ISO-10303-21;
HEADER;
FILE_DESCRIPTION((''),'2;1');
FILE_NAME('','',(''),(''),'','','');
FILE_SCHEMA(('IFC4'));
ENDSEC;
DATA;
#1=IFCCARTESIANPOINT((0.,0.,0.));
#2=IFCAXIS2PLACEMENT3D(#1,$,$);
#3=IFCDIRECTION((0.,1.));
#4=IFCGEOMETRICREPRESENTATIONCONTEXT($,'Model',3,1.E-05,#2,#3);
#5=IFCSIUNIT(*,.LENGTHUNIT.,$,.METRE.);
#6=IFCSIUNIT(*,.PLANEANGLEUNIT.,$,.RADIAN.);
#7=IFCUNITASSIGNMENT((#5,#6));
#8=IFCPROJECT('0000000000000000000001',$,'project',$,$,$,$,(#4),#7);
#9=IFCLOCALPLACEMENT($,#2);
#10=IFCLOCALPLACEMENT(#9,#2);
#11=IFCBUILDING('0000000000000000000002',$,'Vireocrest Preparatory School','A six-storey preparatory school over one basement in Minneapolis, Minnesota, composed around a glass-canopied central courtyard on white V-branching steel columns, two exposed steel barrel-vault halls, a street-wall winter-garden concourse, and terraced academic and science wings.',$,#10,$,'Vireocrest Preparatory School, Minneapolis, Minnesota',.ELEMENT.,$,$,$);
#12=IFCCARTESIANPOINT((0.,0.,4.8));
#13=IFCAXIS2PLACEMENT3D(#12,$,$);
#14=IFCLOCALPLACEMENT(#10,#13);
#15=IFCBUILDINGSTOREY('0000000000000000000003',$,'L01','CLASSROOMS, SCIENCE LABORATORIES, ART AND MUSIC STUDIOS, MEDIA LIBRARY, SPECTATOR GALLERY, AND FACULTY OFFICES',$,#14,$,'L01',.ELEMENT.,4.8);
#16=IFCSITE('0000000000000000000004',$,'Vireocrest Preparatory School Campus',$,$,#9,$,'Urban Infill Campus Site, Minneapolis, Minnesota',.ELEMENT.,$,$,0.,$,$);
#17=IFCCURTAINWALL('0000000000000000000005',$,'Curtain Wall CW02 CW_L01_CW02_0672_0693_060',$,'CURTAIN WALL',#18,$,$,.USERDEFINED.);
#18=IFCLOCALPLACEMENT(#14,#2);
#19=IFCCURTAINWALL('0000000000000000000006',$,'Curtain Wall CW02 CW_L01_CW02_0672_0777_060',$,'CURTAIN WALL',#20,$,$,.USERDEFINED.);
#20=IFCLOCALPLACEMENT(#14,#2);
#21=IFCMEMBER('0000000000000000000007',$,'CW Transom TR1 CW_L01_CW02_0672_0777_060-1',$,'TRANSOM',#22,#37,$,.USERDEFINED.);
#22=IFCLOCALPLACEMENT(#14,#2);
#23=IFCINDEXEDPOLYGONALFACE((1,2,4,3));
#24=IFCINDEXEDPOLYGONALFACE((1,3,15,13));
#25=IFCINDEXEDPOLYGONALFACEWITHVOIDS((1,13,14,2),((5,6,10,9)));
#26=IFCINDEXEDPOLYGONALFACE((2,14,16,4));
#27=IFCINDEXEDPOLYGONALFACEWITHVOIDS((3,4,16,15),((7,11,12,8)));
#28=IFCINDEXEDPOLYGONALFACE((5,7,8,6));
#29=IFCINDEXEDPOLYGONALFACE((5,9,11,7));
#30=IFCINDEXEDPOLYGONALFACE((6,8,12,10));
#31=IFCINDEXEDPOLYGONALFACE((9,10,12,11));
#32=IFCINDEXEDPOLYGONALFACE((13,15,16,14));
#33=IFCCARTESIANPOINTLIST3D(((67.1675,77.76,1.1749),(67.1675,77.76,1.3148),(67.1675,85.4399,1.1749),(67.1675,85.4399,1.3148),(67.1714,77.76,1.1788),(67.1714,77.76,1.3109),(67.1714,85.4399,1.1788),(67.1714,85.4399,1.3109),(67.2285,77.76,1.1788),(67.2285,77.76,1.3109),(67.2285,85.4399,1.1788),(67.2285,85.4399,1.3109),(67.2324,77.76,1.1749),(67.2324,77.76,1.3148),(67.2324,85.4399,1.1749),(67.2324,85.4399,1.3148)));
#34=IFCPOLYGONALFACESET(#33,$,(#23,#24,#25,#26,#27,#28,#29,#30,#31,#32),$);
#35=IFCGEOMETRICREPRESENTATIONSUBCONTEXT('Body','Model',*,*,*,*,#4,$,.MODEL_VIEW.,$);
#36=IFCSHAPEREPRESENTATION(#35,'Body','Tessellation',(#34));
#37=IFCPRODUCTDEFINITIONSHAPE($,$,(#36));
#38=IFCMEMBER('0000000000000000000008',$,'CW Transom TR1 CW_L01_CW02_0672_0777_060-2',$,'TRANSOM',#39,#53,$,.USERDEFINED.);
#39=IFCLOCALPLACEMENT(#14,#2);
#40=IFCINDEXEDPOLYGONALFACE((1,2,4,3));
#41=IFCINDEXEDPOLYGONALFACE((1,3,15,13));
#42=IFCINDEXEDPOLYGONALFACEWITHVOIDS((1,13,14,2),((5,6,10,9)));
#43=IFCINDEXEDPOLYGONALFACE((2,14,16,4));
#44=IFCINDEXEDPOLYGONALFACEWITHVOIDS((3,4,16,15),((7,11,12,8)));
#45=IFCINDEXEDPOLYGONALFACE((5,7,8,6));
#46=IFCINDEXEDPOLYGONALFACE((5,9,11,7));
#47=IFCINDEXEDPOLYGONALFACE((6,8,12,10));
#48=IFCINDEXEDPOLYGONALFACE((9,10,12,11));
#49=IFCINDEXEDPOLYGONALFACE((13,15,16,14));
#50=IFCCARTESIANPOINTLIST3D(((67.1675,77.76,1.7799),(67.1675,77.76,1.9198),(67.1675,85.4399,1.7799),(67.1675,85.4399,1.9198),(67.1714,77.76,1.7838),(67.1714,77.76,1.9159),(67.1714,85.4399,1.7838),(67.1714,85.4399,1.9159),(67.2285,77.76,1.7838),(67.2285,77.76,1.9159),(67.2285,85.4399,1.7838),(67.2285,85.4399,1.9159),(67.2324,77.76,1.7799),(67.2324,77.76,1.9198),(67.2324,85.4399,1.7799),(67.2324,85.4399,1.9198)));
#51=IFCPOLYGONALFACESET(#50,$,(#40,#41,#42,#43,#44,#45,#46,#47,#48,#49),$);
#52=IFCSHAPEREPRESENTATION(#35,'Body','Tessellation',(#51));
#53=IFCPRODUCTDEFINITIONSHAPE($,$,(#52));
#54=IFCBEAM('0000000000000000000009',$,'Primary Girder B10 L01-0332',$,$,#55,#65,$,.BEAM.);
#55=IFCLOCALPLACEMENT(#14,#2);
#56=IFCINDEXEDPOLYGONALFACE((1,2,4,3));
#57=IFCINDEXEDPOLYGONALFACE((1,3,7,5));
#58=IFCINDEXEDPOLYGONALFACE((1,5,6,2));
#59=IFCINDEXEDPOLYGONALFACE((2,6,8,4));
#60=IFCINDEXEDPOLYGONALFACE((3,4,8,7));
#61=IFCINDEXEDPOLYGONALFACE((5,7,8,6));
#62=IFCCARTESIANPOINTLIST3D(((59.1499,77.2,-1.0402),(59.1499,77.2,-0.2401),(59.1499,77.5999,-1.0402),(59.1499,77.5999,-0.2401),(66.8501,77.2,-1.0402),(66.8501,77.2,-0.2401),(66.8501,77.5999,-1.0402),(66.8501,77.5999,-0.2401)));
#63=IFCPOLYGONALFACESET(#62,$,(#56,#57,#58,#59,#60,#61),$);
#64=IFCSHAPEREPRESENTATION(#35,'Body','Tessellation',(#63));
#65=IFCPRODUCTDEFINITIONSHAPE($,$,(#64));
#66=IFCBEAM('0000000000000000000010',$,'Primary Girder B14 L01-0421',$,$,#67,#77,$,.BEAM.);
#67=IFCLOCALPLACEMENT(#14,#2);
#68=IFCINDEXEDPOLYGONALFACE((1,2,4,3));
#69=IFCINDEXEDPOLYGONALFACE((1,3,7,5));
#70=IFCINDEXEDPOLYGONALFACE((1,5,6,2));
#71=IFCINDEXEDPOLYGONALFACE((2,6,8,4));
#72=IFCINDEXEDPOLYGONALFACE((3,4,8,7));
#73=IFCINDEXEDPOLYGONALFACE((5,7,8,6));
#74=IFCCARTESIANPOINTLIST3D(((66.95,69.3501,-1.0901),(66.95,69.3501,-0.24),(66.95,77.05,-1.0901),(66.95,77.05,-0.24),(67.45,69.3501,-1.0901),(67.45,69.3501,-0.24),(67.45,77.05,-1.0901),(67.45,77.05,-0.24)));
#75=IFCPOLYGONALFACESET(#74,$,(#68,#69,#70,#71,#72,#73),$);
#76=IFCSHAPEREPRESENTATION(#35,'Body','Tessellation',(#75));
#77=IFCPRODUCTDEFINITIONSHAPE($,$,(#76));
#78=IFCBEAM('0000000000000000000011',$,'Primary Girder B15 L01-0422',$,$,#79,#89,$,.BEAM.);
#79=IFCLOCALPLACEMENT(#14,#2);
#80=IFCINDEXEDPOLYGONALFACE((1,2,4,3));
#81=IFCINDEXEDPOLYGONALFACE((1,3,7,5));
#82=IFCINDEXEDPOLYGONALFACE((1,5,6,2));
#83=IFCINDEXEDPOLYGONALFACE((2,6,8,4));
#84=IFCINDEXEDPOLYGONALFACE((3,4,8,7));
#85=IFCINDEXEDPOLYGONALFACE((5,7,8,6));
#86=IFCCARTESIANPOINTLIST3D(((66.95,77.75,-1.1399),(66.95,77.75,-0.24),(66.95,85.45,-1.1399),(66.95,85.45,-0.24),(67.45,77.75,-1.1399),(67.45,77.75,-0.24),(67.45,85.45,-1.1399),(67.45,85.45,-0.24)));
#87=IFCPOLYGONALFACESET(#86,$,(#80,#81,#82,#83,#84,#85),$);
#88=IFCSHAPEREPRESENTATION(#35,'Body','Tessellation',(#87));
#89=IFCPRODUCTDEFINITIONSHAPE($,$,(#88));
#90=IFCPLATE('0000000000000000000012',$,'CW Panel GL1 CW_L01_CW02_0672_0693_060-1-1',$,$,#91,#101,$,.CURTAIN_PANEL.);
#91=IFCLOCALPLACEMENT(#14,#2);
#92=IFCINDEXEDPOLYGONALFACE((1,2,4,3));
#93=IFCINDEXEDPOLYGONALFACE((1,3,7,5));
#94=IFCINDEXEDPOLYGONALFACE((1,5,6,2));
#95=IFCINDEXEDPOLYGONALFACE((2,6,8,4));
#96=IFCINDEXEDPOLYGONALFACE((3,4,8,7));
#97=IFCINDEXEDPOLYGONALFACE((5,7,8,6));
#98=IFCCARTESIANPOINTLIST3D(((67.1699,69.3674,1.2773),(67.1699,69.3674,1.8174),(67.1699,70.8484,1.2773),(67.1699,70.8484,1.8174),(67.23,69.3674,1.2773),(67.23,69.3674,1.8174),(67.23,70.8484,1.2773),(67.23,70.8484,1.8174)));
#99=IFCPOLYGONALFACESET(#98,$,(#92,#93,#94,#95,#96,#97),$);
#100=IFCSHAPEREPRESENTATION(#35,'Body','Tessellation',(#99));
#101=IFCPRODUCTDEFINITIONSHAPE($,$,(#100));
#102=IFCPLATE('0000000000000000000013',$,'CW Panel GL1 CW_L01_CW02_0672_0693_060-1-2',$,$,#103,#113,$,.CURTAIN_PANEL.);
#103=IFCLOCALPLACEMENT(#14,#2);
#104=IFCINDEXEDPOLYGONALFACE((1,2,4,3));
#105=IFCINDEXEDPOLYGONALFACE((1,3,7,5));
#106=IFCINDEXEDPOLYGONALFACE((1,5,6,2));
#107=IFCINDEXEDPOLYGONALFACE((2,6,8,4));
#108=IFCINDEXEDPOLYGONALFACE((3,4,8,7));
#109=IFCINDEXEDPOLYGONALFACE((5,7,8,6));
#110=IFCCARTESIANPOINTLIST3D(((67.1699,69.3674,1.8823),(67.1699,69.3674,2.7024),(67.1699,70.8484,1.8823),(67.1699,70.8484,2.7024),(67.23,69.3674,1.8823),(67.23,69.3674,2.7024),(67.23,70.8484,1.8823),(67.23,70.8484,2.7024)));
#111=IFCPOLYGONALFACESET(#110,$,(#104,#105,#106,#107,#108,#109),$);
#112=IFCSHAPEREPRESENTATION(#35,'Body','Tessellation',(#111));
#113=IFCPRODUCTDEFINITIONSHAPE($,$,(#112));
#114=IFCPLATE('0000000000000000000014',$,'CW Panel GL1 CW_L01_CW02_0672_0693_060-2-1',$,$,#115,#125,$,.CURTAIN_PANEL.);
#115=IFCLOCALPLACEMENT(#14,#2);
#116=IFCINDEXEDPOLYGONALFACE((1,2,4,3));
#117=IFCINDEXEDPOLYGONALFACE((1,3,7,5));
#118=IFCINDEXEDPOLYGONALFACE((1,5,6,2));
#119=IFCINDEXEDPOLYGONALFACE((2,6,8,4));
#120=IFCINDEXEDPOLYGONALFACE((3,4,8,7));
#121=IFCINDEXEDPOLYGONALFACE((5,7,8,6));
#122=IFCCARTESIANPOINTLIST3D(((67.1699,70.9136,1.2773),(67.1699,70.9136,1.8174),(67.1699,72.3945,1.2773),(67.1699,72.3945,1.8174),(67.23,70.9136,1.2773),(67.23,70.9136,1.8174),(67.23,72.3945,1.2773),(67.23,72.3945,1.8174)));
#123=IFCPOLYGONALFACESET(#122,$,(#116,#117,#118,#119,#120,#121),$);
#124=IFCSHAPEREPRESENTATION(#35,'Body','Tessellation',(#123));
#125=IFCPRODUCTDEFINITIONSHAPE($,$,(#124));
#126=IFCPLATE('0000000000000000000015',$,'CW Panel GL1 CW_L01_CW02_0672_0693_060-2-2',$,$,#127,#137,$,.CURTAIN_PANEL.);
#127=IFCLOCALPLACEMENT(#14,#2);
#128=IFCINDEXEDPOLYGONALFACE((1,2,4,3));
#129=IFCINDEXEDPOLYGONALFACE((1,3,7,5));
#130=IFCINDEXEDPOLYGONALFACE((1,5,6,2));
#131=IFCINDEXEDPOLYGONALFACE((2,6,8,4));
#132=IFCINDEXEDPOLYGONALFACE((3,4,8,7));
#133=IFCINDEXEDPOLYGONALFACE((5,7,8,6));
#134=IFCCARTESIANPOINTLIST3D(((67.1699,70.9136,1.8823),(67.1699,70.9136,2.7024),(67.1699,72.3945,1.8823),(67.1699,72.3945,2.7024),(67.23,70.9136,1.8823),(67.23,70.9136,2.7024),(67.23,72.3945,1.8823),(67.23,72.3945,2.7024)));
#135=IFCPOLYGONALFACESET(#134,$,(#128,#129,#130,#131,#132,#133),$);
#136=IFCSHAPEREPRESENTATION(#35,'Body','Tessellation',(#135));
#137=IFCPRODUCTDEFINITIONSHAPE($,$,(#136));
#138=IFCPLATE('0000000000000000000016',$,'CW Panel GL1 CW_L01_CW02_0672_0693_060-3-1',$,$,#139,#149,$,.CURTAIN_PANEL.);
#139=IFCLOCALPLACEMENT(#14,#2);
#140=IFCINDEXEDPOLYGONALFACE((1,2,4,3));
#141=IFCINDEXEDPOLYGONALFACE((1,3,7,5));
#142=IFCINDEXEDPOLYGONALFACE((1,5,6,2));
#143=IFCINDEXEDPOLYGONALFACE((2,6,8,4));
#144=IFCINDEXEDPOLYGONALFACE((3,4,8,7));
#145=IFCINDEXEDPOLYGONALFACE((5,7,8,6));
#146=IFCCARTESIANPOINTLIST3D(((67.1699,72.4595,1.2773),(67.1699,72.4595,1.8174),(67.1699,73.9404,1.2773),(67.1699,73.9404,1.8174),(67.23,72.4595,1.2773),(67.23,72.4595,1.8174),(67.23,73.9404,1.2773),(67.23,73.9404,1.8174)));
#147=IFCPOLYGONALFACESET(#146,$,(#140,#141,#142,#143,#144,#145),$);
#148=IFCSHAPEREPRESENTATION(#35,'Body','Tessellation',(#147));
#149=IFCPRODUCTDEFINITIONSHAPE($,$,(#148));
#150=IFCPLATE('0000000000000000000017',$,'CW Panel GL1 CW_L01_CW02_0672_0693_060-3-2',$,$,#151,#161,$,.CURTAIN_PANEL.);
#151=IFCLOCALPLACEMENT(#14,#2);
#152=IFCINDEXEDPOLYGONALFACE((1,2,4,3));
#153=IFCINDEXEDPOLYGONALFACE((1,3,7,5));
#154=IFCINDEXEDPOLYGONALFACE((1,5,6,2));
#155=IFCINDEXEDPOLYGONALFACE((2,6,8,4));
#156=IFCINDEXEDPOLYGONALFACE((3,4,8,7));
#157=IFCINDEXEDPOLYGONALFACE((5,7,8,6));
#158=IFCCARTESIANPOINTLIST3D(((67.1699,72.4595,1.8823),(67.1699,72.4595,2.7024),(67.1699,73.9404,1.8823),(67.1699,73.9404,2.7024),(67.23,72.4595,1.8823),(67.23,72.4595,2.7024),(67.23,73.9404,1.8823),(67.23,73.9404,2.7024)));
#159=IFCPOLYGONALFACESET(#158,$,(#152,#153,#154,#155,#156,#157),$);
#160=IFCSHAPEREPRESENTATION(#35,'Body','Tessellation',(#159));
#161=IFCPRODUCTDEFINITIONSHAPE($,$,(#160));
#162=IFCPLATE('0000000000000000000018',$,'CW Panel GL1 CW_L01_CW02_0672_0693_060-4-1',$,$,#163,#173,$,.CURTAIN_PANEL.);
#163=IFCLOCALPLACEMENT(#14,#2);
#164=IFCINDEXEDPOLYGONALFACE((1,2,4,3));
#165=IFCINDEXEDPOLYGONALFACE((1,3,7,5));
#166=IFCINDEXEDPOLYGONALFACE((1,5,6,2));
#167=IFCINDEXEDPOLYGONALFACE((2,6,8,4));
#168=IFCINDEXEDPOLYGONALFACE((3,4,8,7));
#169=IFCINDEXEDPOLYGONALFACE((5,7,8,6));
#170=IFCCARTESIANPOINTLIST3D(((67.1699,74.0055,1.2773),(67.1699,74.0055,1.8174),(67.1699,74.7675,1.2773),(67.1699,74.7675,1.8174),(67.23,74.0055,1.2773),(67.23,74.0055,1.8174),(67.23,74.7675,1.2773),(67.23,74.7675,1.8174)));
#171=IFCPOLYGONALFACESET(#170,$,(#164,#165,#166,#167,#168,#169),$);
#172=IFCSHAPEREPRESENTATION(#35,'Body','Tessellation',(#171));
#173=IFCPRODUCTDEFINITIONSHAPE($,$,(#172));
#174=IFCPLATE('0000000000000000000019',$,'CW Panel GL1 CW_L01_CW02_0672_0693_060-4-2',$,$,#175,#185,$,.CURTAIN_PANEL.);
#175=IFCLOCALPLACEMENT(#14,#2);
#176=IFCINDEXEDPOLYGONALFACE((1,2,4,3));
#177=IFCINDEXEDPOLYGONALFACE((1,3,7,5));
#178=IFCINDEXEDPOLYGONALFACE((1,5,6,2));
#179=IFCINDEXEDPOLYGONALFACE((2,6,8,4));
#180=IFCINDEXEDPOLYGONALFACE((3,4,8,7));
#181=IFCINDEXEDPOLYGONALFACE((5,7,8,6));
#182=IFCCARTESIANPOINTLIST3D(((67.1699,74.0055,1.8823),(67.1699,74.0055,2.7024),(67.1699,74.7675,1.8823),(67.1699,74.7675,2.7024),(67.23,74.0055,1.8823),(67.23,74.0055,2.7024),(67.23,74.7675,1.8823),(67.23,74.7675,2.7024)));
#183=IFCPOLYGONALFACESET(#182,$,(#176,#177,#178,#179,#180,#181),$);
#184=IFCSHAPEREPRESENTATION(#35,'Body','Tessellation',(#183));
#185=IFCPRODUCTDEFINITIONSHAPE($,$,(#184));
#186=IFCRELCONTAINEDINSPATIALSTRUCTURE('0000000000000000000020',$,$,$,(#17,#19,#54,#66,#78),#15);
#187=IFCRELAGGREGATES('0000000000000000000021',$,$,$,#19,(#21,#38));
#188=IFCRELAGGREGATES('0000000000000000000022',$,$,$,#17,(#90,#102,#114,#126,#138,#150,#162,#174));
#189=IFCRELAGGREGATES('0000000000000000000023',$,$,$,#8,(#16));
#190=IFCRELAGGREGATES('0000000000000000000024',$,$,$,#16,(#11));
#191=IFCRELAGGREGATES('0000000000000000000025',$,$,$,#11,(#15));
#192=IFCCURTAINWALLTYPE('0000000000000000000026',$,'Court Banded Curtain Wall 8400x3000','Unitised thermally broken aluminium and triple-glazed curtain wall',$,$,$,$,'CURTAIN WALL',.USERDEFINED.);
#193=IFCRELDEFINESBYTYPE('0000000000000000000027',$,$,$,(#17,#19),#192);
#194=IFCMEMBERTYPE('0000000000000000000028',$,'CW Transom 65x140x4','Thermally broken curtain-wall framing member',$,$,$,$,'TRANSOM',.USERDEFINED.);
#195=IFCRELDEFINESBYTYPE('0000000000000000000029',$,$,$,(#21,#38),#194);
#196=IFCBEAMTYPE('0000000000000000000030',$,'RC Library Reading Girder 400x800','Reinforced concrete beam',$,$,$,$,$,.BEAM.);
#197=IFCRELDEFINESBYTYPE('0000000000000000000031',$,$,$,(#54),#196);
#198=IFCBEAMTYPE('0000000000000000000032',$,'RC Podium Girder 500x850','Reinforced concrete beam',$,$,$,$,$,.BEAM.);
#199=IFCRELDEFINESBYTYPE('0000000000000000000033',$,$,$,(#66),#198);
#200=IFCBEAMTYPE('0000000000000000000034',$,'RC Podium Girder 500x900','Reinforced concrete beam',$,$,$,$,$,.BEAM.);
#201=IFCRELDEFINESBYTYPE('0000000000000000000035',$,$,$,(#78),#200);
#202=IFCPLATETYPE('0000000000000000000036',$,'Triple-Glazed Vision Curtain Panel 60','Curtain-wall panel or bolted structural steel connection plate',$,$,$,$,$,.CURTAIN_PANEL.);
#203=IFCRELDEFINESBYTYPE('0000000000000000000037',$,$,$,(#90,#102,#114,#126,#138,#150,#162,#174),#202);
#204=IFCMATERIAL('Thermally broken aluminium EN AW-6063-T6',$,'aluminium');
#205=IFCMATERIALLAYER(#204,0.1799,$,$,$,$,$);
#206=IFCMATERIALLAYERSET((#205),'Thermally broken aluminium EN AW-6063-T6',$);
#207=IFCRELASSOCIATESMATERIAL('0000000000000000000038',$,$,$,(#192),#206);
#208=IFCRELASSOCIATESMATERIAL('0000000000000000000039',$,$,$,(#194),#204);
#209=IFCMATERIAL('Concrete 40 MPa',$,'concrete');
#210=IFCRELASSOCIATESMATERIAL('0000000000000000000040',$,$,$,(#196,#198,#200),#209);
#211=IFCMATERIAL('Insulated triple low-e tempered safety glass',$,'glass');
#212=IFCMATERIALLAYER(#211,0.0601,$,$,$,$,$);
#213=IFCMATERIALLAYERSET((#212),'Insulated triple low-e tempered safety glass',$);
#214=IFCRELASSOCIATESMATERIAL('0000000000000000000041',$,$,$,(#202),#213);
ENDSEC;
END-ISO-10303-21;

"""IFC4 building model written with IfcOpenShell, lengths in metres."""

from ifc_helpers import new_model, si_unit, direction, frame, origin, origin_2d, place, context, subcontext, project, spatial, rectangle, hollow_rectangle, extrude, material, layer, layer_set, material_profile, profile_set, type_object, element, aggregate, save


model = new_model("IFC4")

# Units and contexts
model_context = context("Model", 3, precision=1e-05, world=origin(), true_north=direction((0.0, 1.0)))
body_context = subcontext(model_context, "Body", "Model", "MODEL_VIEW")
ifc_project = project(units=[si_unit("LENGTHUNIT", "METRE"), si_unit("PLANEANGLEUNIT", "RADIAN")], contexts=[model_context])

# Site, building, storey
site_placement = place(None, origin())
site = spatial("IfcSite", under=ifc_project, at=site_placement, Name="Vireocrest Preparatory School Campus", LongName="Urban Infill Campus Site, Minneapolis, Minnesota", CompositionType="ELEMENT", RefElevation=0.0)
building_placement = place(site_placement, origin())
building = spatial("IfcBuilding", under=site, at=building_placement, Name="Vireocrest Preparatory School", Description="A six-storey preparatory school over one basement in Minneapolis, Minnesota, composed around a glass-canopied central courtyard on white V-branching steel columns, two exposed steel barrel-vault halls, a street-wall winter-garden concourse, and terraced academic and science wings.", LongName="Vireocrest Preparatory School, Minneapolis, Minnesota", CompositionType="ELEMENT")
storey_placement = place(building_placement, frame((0.0, 0.0, 4.8)))
storey = spatial("IfcBuildingStorey", under=building, at=storey_placement, Name="L01", Description="CLASSROOMS, SCIENCE LABORATORIES, ART AND MUSIC STUDIOS, MEDIA LIBRARY, SPECTATOR GALLERY, AND FACULTY OFFICES", LongName="L01", CompositionType="ELEMENT", Elevation=4.8)

# Curtain wall
ifc_material_1 = material(Name="Thermally broken aluminium EN AW-6063-T6", Category="aluminium")
ifc_layer_1 = layer(ifc_material_1, 0.1799)
ifc_layer_set_1 = layer_set([ifc_layer_1], Name="Thermally broken aluminium EN AW-6063-T6")
curtain_wall_type = type_object("IfcCurtainWallType", Name="Court Banded Curtain Wall 8400x3000", Description="Unitised thermally broken aluminium and triple-glazed curtain wall", ElementType="CURTAIN WALL", PredefinedType="USERDEFINED", material=ifc_layer_set_1)
curtain_wall_1_placement = place(storey_placement, origin())
curtain_wall_1 = element("IfcCurtainWall", 1, at=curtain_wall_1_placement, inside=storey, type_object=curtain_wall_type, Name="Curtain Wall CW02 CW_L01_CW02_0672_0693_060", ObjectType="CURTAIN WALL", PredefinedType="USERDEFINED")

# Curtain wall
curtain_wall_2_placement = place(storey_placement, origin())
curtain_wall_2 = element("IfcCurtainWall", 2, at=curtain_wall_2_placement, inside=storey, type_object=curtain_wall_type, Name="Curtain Wall CW02 CW_L01_CW02_0672_0777_060", ObjectType="CURTAIN WALL", PredefinedType="USERDEFINED")

# Members
ifc_material_profile_1 = material_profile(ifc_material_1, hollow_rectangle(XDim=0.0649, YDim=0.1399, WallThickness=0.0039, at=origin_2d()), Name="ALU 65x140x4")
ifc_profile_set_1 = profile_set([ifc_material_profile_1], Name="Thermally broken aluminium EN AW-6063-T6")
member_type_1 = type_object("IfcMemberType", Name="CW Transom 65x140x4", Description="Thermally broken curtain-wall framing member", ElementType="TRANSOM", PredefinedType="USERDEFINED", material=ifc_profile_set_1)
member_1_placement = place(storey_placement, frame((67.2, 77.76, 1.2449), z_axis=(0.0, 1.0, 0.0), x_axis=(-1.0, 0.0, 0.0)))
member_1 = element("IfcMember", 3, at=member_1_placement, type_object=member_type_1, Name="CW Transom TR1 CW_L01_CW02_0672_0777_060-1", ObjectType="TRANSOM", PredefinedType="USERDEFINED", context=body_context, shape_type="SweptSolid", body=[
    extrude(hollow_rectangle(XDim=0.0649, YDim=0.1399, WallThickness=0.0039, at=origin_2d()), origin(), (0.0, 0.0, 1.0), 7.6799),
])
member_2_placement = place(storey_placement, frame((67.2, 77.76, 1.8499), z_axis=(0.0, 1.0, 0.0), x_axis=(-1.0, 0.0, 0.0)))
member_2 = element("IfcMember", 4, at=member_2_placement, type_object=member_type_1, Name="CW Transom TR1 CW_L01_CW02_0672_0777_060-2", ObjectType="TRANSOM", PredefinedType="USERDEFINED", context=body_context, shape_type="SweptSolid", body=[
    extrude(hollow_rectangle(XDim=0.0649, YDim=0.1399, WallThickness=0.0039, at=origin_2d()), origin(), (0.0, 0.0, 1.0), 7.6799),
])
aggregate(curtain_wall_2, [member_1, member_2])

# Beams
ifc_material_2 = material(Name="Concrete 40 MPa", Category="concrete")
ifc_material_profile_2 = material_profile(ifc_material_2, rectangle(XDim=0.3999, YDim=0.8, at=origin_2d()), Name="RC 400x800")
ifc_profile_set_2 = profile_set([ifc_material_profile_2], Name="Concrete 40 MPa")
beam_type_1 = type_object("IfcBeamType", Name="RC Library Reading Girder 400x800", Description="Reinforced concrete beam", PredefinedType="BEAM", material=ifc_profile_set_2)
beam_1_placement = place(storey_placement, frame((59.1499, 77.3999, -0.6401), z_axis=(1.0, 0.0, 0.0), x_axis=(0.0, 1.0, 0.0)))
element("IfcBeam", 5, at=beam_1_placement, inside=storey, type_object=beam_type_1, Name="Primary Girder B10 L01-0332", PredefinedType="BEAM", context=body_context, shape_type="SweptSolid", body=[
    extrude(rectangle(XDim=0.3999, YDim=0.8, at=origin_2d()), origin(), (0.0, 0.0, 1.0), 7.7002),
])
ifc_material_profile_3 = material_profile(ifc_material_2, rectangle(XDim=0.5, YDim=0.8501, at=origin_2d()), Name="RC 500x850")
ifc_profile_set_3 = profile_set([ifc_material_profile_3], Name="Concrete 40 MPa")
beam_type_2 = type_object("IfcBeamType", Name="RC Podium Girder 500x850", Description="Reinforced concrete beam", PredefinedType="BEAM", material=ifc_profile_set_3)
beam_2_placement = place(storey_placement, frame((67.2, 69.3501, -0.665), z_axis=(0.0, 1.0, 0.0), x_axis=(-1.0, 0.0, 0.0)))
element("IfcBeam", 6, at=beam_2_placement, inside=storey, type_object=beam_type_2, Name="Primary Girder B14 L01-0421", PredefinedType="BEAM", context=body_context, shape_type="SweptSolid", body=[
    extrude(rectangle(XDim=0.5, YDim=0.8501, at=origin_2d()), origin(), (0.0, 0.0, 1.0), 7.7),
])
ifc_material_profile_4 = material_profile(ifc_material_2, rectangle(XDim=0.5, YDim=0.8999, at=origin_2d()), Name="RC 500x900")
ifc_profile_set_4 = profile_set([ifc_material_profile_4], Name="Concrete 40 MPa")
beam_type_3 = type_object("IfcBeamType", Name="RC Podium Girder 500x900", Description="Reinforced concrete beam", PredefinedType="BEAM", material=ifc_profile_set_4)
beam_3_placement = place(storey_placement, frame((67.2, 77.75, -0.6899), z_axis=(0.0, 1.0, 0.0), x_axis=(-1.0, 0.0, 0.0)))
element("IfcBeam", 7, at=beam_3_placement, inside=storey, type_object=beam_type_3, Name="Primary Girder B15 L01-0422", PredefinedType="BEAM", context=body_context, shape_type="SweptSolid", body=[
    extrude(rectangle(XDim=0.5, YDim=0.8999, at=origin_2d()), origin(), (0.0, 0.0, 1.0), 7.7),
])

# Plates
ifc_material_3 = material(Name="Insulated triple low-e tempered safety glass", Category="glass")
ifc_layer_2 = layer(ifc_material_3, 0.0601)
ifc_layer_set_2 = layer_set([ifc_layer_2], Name="Insulated triple low-e tempered safety glass")
plate_type = type_object("IfcPlateType", Name="Triple-Glazed Vision Curtain Panel 60", Description="Curtain-wall panel or bolted structural steel connection plate", PredefinedType="CURTAIN_PANEL", material=ifc_layer_set_2)
plate_1_placement = place(storey_placement, frame((67.2, 70.1079, 1.2773), z_axis=(0.0, 0.0, 1.0), x_axis=(0.0, 1.0, 0.0)))
plate_1 = element("IfcPlate", 8, at=plate_1_placement, type_object=plate_type, Name="CW Panel GL1 CW_L01_CW02_0672_0693_060-1-1", PredefinedType="CURTAIN_PANEL", context=body_context, shape_type="SweptSolid", body=[
    extrude(rectangle(XDim=1.481, YDim=0.0601, at=origin_2d()), origin(), (0.0, 0.0, 1.0), 0.54),
])
plate_2_placement = place(storey_placement, frame((67.2, 70.1079, 1.8823), z_axis=(0.0, 0.0, 1.0), x_axis=(0.0, 1.0, 0.0)))
plate_2 = element("IfcPlate", 9, at=plate_2_placement, type_object=plate_type, Name="CW Panel GL1 CW_L01_CW02_0672_0693_060-1-2", PredefinedType="CURTAIN_PANEL", context=body_context, shape_type="SweptSolid", body=[
    extrude(rectangle(XDim=1.481, YDim=0.0601, at=origin_2d()), origin(), (0.0, 0.0, 1.0), 0.8201),
])
plate_3_placement = place(storey_placement, frame((67.2, 71.6541, 1.2773), z_axis=(0.0, 0.0, 1.0), x_axis=(0.0, 1.0, 0.0)))
plate_3 = element("IfcPlate", 10, at=plate_3_placement, type_object=plate_type, Name="CW Panel GL1 CW_L01_CW02_0672_0693_060-2-1", PredefinedType="CURTAIN_PANEL", context=body_context, shape_type="SweptSolid", body=[
    extrude(rectangle(XDim=1.481, YDim=0.0601, at=origin_2d()), origin(), (0.0, 0.0, 1.0), 0.54),
])
plate_4_placement = place(storey_placement, frame((67.2, 71.6541, 1.8823), z_axis=(0.0, 0.0, 1.0), x_axis=(0.0, 1.0, 0.0)))
plate_4 = element("IfcPlate", 11, at=plate_4_placement, type_object=plate_type, Name="CW Panel GL1 CW_L01_CW02_0672_0693_060-2-2", PredefinedType="CURTAIN_PANEL", context=body_context, shape_type="SweptSolid", body=[
    extrude(rectangle(XDim=1.481, YDim=0.0601, at=origin_2d()), origin(), (0.0, 0.0, 1.0), 0.8201),
])
plate_5_placement = place(storey_placement, frame((67.2, 73.2, 1.2773), z_axis=(0.0, 0.0, 1.0), x_axis=(0.0, 1.0, 0.0)))
plate_5 = element("IfcPlate", 12, at=plate_5_placement, type_object=plate_type, Name="CW Panel GL1 CW_L01_CW02_0672_0693_060-3-1", PredefinedType="CURTAIN_PANEL", context=body_context, shape_type="SweptSolid", body=[
    extrude(rectangle(XDim=1.481, YDim=0.0601, at=origin_2d()), origin(), (0.0, 0.0, 1.0), 0.54),
])
plate_6_placement = place(storey_placement, frame((67.2, 73.2, 1.8823), z_axis=(0.0, 0.0, 1.0), x_axis=(0.0, 1.0, 0.0)))
plate_6 = element("IfcPlate", 13, at=plate_6_placement, type_object=plate_type, Name="CW Panel GL1 CW_L01_CW02_0672_0693_060-3-2", PredefinedType="CURTAIN_PANEL", context=body_context, shape_type="SweptSolid", body=[
    extrude(rectangle(XDim=1.481, YDim=0.0601, at=origin_2d()), origin(), (0.0, 0.0, 1.0), 0.8201),
])
plate_7_placement = place(storey_placement, frame((67.2, 74.3865, 1.2773), z_axis=(0.0, 0.0, 1.0), x_axis=(0.0, 1.0, 0.0)))
plate_7 = element("IfcPlate", 14, at=plate_7_placement, type_object=plate_type, Name="CW Panel GL1 CW_L01_CW02_0672_0693_060-4-1", PredefinedType="CURTAIN_PANEL", context=body_context, shape_type="SweptSolid", body=[
    extrude(rectangle(XDim=0.762, YDim=0.0601, at=origin_2d()), origin(), (0.0, 0.0, 1.0), 0.54),
])
plate_8_placement = place(storey_placement, frame((67.2, 74.3865, 1.8823), z_axis=(0.0, 0.0, 1.0), x_axis=(0.0, 1.0, 0.0)))
plate_8 = element("IfcPlate", 15, at=plate_8_placement, type_object=plate_type, Name="CW Panel GL1 CW_L01_CW02_0672_0693_060-4-2", PredefinedType="CURTAIN_PANEL", context=body_context, shape_type="SweptSolid", body=[
    extrude(rectangle(XDim=0.762, YDim=0.0601, at=origin_2d()), origin(), (0.0, 0.0, 1.0), 0.8201),
])
aggregate(curtain_wall_1, [plate_1, plate_2, plate_3, plate_4, plate_5, plate_6, plate_7, plate_8])

save(model, "model.ifc")
